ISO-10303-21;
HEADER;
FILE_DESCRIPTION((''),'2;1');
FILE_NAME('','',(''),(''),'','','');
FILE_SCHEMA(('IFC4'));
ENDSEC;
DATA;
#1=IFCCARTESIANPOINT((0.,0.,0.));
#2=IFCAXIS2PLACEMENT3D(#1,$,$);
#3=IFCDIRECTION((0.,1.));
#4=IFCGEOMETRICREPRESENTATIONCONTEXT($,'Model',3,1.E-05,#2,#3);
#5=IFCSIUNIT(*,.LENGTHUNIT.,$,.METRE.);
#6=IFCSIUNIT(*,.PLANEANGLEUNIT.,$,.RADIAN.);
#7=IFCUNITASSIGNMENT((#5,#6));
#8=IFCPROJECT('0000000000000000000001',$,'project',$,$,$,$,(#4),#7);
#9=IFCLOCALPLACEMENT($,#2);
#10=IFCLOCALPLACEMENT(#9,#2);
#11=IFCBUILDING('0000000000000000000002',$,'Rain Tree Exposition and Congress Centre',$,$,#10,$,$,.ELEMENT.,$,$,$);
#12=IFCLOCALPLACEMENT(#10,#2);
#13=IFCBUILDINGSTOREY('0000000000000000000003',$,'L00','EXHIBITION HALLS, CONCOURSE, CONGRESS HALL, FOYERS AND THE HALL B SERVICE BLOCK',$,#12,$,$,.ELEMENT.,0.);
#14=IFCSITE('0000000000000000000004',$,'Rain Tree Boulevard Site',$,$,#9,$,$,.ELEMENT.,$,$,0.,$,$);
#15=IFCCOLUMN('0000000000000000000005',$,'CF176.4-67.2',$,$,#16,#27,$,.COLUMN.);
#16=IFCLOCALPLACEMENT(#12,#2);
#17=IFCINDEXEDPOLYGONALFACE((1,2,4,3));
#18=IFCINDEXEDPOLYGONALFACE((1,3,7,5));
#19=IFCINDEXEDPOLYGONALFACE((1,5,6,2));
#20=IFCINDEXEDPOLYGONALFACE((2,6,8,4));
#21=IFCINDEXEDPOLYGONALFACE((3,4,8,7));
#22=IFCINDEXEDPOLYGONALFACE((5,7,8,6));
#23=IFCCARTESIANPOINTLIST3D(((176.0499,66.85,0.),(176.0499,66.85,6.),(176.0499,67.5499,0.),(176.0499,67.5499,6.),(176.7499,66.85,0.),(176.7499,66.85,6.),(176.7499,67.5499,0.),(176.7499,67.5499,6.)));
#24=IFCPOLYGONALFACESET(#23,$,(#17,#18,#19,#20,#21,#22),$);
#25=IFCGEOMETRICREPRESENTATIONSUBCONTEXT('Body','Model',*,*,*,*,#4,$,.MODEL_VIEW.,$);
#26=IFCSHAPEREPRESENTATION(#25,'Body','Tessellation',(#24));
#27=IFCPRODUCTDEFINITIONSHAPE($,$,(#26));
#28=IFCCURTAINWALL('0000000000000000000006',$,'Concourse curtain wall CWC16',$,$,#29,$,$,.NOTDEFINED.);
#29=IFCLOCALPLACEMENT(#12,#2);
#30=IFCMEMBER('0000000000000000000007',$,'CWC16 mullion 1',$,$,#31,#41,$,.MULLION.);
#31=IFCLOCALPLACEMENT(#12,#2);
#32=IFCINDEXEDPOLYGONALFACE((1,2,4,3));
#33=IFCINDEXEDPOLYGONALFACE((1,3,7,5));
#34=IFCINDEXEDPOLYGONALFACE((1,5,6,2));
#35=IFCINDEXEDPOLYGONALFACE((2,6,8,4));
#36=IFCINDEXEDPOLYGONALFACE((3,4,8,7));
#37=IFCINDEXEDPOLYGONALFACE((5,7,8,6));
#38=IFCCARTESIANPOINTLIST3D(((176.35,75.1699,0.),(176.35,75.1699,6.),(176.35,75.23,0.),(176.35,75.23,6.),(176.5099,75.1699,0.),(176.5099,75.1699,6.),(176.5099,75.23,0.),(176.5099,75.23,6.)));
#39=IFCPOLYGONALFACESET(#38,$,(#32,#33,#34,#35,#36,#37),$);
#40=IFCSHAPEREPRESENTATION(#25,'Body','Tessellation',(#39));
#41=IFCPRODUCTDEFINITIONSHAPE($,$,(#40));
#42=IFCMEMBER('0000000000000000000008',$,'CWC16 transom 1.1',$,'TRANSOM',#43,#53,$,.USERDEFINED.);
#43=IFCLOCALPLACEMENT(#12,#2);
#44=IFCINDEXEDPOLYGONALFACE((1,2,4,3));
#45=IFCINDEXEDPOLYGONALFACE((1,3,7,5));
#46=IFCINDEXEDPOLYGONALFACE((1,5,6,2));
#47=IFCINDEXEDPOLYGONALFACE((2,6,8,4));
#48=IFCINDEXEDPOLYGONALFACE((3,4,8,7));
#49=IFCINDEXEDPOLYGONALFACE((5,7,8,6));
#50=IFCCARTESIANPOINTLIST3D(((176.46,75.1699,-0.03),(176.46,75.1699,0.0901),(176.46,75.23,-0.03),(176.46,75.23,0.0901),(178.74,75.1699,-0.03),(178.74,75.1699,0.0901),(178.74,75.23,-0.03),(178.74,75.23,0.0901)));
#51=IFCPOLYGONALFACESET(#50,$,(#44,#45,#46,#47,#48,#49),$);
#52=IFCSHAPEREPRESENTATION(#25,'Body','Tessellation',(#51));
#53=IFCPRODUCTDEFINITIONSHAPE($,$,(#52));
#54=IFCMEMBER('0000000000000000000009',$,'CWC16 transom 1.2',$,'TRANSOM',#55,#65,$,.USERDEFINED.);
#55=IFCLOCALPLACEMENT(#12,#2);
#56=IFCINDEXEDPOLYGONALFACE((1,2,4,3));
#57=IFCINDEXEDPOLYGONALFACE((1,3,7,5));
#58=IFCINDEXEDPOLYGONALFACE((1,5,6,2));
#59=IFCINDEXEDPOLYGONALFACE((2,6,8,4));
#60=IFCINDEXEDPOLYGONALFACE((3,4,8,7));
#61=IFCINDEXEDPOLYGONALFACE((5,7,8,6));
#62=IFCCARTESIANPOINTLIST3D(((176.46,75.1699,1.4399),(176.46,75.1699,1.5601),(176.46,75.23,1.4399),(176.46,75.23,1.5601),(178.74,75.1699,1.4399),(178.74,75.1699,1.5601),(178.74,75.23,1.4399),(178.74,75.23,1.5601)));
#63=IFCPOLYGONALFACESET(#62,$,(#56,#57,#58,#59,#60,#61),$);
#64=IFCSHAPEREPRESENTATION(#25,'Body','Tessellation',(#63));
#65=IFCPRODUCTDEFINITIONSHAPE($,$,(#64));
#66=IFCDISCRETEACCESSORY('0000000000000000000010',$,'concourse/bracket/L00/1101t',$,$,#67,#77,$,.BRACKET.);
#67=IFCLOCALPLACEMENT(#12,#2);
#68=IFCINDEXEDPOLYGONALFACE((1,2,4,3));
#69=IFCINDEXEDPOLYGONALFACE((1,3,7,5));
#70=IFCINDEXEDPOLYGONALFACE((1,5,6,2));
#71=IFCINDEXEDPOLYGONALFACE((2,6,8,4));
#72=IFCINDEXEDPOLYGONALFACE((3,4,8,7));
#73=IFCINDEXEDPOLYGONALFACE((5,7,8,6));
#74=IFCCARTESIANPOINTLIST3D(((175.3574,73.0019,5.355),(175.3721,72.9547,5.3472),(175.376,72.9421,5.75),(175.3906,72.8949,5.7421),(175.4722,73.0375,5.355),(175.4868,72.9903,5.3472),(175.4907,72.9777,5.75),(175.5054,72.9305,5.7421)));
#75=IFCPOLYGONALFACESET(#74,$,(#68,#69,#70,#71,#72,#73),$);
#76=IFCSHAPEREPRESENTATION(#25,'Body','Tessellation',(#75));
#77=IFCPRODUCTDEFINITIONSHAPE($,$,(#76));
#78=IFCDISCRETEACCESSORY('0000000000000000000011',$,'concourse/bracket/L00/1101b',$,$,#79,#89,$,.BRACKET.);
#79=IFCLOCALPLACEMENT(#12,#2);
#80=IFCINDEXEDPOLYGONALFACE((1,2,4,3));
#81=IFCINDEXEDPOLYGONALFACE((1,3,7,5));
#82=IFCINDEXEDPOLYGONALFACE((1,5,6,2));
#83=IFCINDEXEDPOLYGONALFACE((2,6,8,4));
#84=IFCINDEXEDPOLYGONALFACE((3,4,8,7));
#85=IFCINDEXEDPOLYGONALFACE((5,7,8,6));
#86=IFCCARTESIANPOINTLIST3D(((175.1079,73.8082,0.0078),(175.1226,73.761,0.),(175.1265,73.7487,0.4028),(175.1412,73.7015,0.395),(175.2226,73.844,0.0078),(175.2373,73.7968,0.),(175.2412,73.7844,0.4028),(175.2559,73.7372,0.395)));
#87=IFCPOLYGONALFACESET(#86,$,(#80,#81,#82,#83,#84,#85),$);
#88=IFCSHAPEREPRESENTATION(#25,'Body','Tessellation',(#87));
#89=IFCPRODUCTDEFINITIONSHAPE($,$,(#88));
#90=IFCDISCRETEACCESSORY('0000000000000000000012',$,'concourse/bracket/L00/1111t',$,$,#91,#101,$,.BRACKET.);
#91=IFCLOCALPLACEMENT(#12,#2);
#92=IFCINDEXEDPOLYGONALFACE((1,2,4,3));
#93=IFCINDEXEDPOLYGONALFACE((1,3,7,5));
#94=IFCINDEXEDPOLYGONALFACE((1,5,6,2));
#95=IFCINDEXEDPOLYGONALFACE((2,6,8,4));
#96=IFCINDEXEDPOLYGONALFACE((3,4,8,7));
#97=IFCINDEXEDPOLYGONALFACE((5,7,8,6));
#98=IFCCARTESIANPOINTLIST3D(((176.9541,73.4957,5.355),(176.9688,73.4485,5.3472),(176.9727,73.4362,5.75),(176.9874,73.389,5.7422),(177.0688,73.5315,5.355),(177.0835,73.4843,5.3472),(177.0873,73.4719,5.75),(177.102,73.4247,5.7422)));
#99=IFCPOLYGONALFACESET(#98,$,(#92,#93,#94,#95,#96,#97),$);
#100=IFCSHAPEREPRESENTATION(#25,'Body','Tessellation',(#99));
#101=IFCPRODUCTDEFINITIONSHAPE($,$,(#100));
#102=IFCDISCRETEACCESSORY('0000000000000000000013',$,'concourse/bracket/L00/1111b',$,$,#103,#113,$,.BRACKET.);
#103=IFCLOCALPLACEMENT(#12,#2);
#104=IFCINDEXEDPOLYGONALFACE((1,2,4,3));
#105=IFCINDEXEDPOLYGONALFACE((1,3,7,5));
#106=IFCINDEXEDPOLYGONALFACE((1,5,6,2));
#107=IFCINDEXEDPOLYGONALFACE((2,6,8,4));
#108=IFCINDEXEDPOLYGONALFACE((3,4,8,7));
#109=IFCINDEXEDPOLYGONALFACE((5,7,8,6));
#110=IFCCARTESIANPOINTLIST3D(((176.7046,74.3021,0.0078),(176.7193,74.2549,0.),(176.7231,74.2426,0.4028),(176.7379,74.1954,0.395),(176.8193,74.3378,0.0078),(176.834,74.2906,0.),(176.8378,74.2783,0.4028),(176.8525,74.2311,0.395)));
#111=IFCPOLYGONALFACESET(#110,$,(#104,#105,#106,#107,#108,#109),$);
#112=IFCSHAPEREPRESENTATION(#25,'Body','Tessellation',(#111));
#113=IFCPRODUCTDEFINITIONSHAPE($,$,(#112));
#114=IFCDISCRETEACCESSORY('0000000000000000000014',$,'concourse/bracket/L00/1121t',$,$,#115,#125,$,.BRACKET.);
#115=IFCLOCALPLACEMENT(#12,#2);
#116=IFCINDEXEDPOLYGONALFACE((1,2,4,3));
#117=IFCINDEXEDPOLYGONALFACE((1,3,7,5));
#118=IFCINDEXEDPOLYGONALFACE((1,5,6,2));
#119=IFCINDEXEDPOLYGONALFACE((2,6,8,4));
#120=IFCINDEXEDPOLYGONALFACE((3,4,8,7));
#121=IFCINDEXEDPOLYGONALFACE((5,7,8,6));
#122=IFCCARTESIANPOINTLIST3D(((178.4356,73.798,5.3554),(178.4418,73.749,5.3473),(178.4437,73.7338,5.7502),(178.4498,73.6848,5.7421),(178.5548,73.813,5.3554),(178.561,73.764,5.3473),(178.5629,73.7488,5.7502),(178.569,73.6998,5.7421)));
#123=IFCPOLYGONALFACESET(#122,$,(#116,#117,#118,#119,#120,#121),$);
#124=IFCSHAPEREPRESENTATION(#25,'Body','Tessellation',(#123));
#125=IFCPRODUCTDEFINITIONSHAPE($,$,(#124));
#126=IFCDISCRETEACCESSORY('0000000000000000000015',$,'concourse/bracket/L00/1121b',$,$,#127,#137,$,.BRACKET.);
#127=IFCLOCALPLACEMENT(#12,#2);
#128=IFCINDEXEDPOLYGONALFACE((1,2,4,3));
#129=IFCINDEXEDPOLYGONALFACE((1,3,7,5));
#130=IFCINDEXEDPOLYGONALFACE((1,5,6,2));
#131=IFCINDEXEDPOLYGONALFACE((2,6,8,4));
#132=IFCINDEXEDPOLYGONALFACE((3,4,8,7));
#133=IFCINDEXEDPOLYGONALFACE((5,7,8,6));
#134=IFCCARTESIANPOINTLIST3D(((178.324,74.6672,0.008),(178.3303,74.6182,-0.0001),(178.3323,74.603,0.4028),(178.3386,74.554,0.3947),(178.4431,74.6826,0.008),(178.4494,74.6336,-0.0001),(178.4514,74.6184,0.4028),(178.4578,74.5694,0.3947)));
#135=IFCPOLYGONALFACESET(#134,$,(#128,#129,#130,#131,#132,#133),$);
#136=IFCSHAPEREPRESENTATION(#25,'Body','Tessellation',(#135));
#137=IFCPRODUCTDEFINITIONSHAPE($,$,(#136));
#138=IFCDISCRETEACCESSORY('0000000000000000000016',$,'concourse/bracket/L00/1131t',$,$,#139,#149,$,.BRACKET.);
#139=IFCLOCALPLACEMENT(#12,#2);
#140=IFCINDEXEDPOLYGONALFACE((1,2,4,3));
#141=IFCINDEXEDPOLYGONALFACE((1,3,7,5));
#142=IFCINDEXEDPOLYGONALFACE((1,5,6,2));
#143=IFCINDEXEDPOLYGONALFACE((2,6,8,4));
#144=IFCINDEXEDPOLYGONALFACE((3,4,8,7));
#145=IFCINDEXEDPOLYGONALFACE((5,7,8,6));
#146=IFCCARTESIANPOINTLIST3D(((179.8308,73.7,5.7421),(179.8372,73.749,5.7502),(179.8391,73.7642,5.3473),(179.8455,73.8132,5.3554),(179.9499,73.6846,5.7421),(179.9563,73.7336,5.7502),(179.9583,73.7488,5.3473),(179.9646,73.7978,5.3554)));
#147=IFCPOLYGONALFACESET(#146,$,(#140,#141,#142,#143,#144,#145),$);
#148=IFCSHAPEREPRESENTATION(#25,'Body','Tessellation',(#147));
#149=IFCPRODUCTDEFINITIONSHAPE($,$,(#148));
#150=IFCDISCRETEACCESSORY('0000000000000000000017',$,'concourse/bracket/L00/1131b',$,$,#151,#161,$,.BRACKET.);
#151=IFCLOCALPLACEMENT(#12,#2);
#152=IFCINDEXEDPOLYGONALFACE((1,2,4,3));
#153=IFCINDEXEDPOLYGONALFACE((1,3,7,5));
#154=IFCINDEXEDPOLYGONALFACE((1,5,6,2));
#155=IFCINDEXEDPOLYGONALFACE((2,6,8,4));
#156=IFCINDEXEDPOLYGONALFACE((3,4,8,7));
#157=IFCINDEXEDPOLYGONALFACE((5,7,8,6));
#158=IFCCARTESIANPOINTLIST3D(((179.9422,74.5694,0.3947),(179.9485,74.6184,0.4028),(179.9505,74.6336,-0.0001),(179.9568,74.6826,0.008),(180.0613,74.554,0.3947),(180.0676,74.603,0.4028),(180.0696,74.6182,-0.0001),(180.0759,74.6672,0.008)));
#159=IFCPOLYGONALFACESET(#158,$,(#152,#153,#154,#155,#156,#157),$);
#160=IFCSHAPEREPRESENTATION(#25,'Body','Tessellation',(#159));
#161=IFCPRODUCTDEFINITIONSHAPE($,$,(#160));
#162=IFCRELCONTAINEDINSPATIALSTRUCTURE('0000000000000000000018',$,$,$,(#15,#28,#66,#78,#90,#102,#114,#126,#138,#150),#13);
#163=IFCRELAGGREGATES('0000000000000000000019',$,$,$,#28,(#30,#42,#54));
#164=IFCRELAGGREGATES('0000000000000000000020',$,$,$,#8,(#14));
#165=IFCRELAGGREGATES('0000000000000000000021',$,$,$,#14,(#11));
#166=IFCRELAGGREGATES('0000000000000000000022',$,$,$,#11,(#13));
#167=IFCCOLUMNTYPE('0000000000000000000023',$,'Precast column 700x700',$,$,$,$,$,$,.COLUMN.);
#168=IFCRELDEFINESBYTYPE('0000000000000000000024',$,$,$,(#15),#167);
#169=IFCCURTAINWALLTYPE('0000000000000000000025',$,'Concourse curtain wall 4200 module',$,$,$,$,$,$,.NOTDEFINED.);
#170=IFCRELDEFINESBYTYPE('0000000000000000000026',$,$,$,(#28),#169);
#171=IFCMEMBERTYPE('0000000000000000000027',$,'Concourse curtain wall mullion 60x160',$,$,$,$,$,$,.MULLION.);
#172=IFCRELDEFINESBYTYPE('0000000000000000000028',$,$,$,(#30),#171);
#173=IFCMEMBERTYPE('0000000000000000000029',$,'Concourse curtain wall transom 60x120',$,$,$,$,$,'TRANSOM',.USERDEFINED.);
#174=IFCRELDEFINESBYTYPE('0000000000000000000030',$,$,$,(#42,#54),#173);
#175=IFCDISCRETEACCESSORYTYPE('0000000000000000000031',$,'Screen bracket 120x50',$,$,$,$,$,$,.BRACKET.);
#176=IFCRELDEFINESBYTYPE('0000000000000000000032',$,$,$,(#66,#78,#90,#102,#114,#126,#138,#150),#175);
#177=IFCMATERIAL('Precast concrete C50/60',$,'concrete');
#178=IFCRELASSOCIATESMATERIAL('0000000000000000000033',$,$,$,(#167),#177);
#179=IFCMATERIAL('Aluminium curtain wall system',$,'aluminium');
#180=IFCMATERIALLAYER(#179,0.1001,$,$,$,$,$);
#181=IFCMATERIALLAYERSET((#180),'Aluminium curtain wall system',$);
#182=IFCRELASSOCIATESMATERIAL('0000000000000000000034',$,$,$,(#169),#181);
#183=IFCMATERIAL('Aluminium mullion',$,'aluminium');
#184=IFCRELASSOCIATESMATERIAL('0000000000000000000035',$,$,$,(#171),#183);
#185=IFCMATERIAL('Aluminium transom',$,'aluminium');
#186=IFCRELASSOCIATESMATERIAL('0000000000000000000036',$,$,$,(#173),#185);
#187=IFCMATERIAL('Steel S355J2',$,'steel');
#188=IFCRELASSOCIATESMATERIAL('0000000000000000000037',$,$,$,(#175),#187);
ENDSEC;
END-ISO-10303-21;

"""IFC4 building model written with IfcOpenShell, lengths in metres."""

from ifc_helpers import new_model, si_unit, direction, frame, origin, origin_2d, place, context, subcontext, project, spatial, rectangle, extrude, material, layer, layer_set, material_profile, profile_set, type_object, element, aggregate, save


model = new_model("IFC4")

# Units and contexts
model_context = context("Model", 3, precision=1e-05, world=origin(), true_north=direction((0.0, 1.0)))
body_context = subcontext(model_context, "Body", "Model", "MODEL_VIEW")
ifc_project = project(units=[si_unit("LENGTHUNIT", "METRE"), si_unit("PLANEANGLEUNIT", "RADIAN")], contexts=[model_context])

# Site, building, storey
site_placement = place(None, origin())
site = spatial("IfcSite", under=ifc_project, at=site_placement, Name="Rain Tree Boulevard Site", CompositionType="ELEMENT", RefElevation=0.0)
building_placement = place(site_placement, origin())
building = spatial("IfcBuilding", under=site, at=building_placement, Name="Rain Tree Exposition and Congress Centre", CompositionType="ELEMENT")
storey_placement = place(building_placement, origin())
storey = spatial("IfcBuildingStorey", under=building, at=storey_placement, Name="L00", Description="EXHIBITION HALLS, CONCOURSE, CONGRESS HALL, FOYERS AND THE HALL B SERVICE BLOCK", CompositionType="ELEMENT", Elevation=0.0)

# Column
ifc_material_1 = material(Name="Precast concrete C50/60", Category="concrete")
ifc_material_profile_1 = material_profile(ifc_material_1, rectangle(XDim=0.7, YDim=0.7, at=origin_2d()), Name="RC 700x700")
ifc_profile_set_1 = profile_set([ifc_material_profile_1], Name="Precast concrete C50/60")
column_type = type_object("IfcColumnType", Name="Precast column 700x700", PredefinedType="COLUMN", material=ifc_profile_set_1)
column_placement = place(storey_placement, frame((176.3999, 67.2, 0.0), z_axis=(0.0, 0.0, 1.0), x_axis=(1.0, 0.0, 0.0)))
element("IfcColumn", 1, at=column_placement, inside=storey, type_object=column_type, Name="CF176.4-67.2", PredefinedType="COLUMN", context=body_context, shape_type="SweptSolid", body=[
    extrude(rectangle(XDim=0.7, YDim=0.7, at=origin_2d()), origin(), (0.0, 0.0, 1.0), 6.0),
])

# Curtain wall, members
ifc_material_2 = material(Name="Aluminium curtain wall system", Category="aluminium")
ifc_layer_1 = layer(ifc_material_2, 0.1001)
ifc_layer_set_1 = layer_set([ifc_layer_1], Name="Aluminium curtain wall system")
curtain_wall_type = type_object("IfcCurtainWallType", Name="Concourse curtain wall 4200 module", PredefinedType="NOTDEFINED", material=ifc_layer_set_1)
curtain_wall_placement = place(storey_placement, origin())
curtain_wall = element("IfcCurtainWall", 2, at=curtain_wall_placement, inside=storey, type_object=curtain_wall_type, Name="Concourse curtain wall CWC16", PredefinedType="NOTDEFINED")
ifc_material_3 = material(Name="Aluminium mullion", Category="aluminium")
ifc_material_profile_2 = material_profile(ifc_material_3, rectangle(XDim=0.0601, YDim=0.1599, at=origin_2d()), Name="AL 60x160")
ifc_profile_set_2 = profile_set([ifc_material_profile_2], Name="Aluminium mullion")
member_type_1 = type_object("IfcMemberType", Name="Concourse curtain wall mullion 60x160", PredefinedType="MULLION", material=ifc_profile_set_2)
member_1_placement = place(storey_placement, frame((176.4299, 75.2, 0.0), z_axis=(0.0, 0.0, 1.0), x_axis=(0.0, 1.0, 0.0)))
member_1 = element("IfcMember", 3, at=member_1_placement, type_object=member_type_1, Name="CWC16 mullion 1", PredefinedType="MULLION", context=body_context, shape_type="SweptSolid", body=[
    extrude(rectangle(XDim=0.0601, YDim=0.1599, at=origin_2d()), origin(), (0.0, 0.0, 1.0), 6.0),
])
ifc_material_4 = material(Name="Aluminium transom", Category="aluminium")
ifc_material_profile_3 = material_profile(ifc_material_4, rectangle(XDim=0.0601, YDim=0.1201, at=origin_2d()), Name="AL 60x120")
ifc_profile_set_3 = profile_set([ifc_material_profile_3], Name="Aluminium transom")
member_type_2 = type_object("IfcMemberType", Name="Concourse curtain wall transom 60x120", ElementType="TRANSOM", PredefinedType="USERDEFINED", material=ifc_profile_set_3)
member_2_placement = place(storey_placement, frame((176.46, 75.2, 0.03), z_axis=(1.0, 0.0, 0.0), x_axis=(0.0, 1.0, 0.0)))
member_2 = element("IfcMember", 4, at=member_2_placement, type_object=member_type_2, Name="CWC16 transom 1.1", ObjectType="TRANSOM", PredefinedType="USERDEFINED", context=body_context, shape_type="SweptSolid", body=[
    extrude(rectangle(XDim=0.0601, YDim=0.1201, at=origin_2d()), origin(), (0.0, 0.0, 1.0), 2.28),
])
member_3_placement = place(storey_placement, frame((176.46, 75.2, 1.5), z_axis=(1.0, 0.0, 0.0), x_axis=(0.0, 1.0, 0.0)))
member_3 = element("IfcMember", 5, at=member_3_placement, type_object=member_type_2, Name="CWC16 transom 1.2", ObjectType="TRANSOM", PredefinedType="USERDEFINED", context=body_context, shape_type="SweptSolid", body=[
    extrude(rectangle(XDim=0.0601, YDim=0.1201, at=origin_2d()), origin(), (0.0, 0.0, 1.0), 2.28),
])
aggregate(curtain_wall, [member_1, member_2, member_3])

# Discrete accessories
ifc_material_5 = material(Name="Steel S355J2", Category="steel")
ifc_material_profile_4 = material_profile(ifc_material_5, rectangle(XDim=0.1201, YDim=0.05, at=origin_2d()), Name="Flat bar 120x50")
ifc_profile_set_4 = profile_set([ifc_material_profile_4], Name="Steel S355J2")
discrete_accessory_type = type_object("IfcDiscreteAccessoryType", Name="Screen bracket 120x50", PredefinedType="BRACKET", material=ifc_profile_set_4)
for number, where, z_axis, x_axis, name in (
    (6, (175.4221, 72.9961, 5.3511), (0.046392, -0.149554, 0.987665), (0.955102, 0.296277, 0.0), "concourse/bracket/L00/1101t"),
    (7, (175.1726, 73.8025, 0.0039), (0.046396, -0.148957, 0.987755), (0.954758, 0.297384, 0.0), "concourse/bracket/L00/1101b"),
    (8, (177.0188, 73.49, 5.3511), (0.046396, -0.148957, 0.987755), (0.954758, 0.297384, 0.0), "concourse/bracket/L00/1111t"),
    (9, (176.7693, 74.2964, 0.0039), (0.046396, -0.148957, 0.987755), (0.954758, 0.297384, 0.0), "concourse/bracket/L00/1111b"),
):
    element("IfcDiscreteAccessory", number, at=place(storey_placement, frame(where, z_axis=z_axis, x_axis=x_axis)), inside=storey, type_object=discrete_accessory_type, Name=name, PredefinedType="BRACKET", context=body_context, shape_type="SweptSolid", body=[
        extrude(rectangle(XDim=0.1201, YDim=0.05, at=origin_2d()), origin(), (0.0, 0.0, 1.0), 0.3999),
    ])
for number, where, z_axis, x_axis, name in (
    (10, (178.4983, 73.781, 5.3513), (0.020139, -0.160505, 0.98683), (0.99222, 0.124499, 0.0), "concourse/bracket/L00/1121t"),
    (11, (178.3867, 74.6504, 0.0039), (0.020749, -0.160503, 0.986817), (0.991747, 0.128211, 0.0), "concourse/bracket/L00/1121b"),
    (12, (179.9019, 73.781, 5.3513), (-0.020749, -0.160503, 0.986817), (0.991747, -0.128211, 0.0), "concourse/bracket/L00/1131t"),
    (13, (180.0132, 74.6504, 0.0039), (-0.020749, -0.160503, 0.986817), (0.991747, -0.128211, 0.0), "concourse/bracket/L00/1131b"),
):
    element("IfcDiscreteAccessory", number, at=place(storey_placement, frame(where, z_axis=z_axis, x_axis=x_axis)), inside=storey, type_object=discrete_accessory_type, Name=name, PredefinedType="BRACKET", context=body_context, shape_type="SweptSolid", body=[
        extrude(rectangle(XDim=0.1201, YDim=0.05, at=origin_2d()), origin(), (0.0, 0.0, 1.0), 0.4001),
    ])

save(model, "model.ifc")
